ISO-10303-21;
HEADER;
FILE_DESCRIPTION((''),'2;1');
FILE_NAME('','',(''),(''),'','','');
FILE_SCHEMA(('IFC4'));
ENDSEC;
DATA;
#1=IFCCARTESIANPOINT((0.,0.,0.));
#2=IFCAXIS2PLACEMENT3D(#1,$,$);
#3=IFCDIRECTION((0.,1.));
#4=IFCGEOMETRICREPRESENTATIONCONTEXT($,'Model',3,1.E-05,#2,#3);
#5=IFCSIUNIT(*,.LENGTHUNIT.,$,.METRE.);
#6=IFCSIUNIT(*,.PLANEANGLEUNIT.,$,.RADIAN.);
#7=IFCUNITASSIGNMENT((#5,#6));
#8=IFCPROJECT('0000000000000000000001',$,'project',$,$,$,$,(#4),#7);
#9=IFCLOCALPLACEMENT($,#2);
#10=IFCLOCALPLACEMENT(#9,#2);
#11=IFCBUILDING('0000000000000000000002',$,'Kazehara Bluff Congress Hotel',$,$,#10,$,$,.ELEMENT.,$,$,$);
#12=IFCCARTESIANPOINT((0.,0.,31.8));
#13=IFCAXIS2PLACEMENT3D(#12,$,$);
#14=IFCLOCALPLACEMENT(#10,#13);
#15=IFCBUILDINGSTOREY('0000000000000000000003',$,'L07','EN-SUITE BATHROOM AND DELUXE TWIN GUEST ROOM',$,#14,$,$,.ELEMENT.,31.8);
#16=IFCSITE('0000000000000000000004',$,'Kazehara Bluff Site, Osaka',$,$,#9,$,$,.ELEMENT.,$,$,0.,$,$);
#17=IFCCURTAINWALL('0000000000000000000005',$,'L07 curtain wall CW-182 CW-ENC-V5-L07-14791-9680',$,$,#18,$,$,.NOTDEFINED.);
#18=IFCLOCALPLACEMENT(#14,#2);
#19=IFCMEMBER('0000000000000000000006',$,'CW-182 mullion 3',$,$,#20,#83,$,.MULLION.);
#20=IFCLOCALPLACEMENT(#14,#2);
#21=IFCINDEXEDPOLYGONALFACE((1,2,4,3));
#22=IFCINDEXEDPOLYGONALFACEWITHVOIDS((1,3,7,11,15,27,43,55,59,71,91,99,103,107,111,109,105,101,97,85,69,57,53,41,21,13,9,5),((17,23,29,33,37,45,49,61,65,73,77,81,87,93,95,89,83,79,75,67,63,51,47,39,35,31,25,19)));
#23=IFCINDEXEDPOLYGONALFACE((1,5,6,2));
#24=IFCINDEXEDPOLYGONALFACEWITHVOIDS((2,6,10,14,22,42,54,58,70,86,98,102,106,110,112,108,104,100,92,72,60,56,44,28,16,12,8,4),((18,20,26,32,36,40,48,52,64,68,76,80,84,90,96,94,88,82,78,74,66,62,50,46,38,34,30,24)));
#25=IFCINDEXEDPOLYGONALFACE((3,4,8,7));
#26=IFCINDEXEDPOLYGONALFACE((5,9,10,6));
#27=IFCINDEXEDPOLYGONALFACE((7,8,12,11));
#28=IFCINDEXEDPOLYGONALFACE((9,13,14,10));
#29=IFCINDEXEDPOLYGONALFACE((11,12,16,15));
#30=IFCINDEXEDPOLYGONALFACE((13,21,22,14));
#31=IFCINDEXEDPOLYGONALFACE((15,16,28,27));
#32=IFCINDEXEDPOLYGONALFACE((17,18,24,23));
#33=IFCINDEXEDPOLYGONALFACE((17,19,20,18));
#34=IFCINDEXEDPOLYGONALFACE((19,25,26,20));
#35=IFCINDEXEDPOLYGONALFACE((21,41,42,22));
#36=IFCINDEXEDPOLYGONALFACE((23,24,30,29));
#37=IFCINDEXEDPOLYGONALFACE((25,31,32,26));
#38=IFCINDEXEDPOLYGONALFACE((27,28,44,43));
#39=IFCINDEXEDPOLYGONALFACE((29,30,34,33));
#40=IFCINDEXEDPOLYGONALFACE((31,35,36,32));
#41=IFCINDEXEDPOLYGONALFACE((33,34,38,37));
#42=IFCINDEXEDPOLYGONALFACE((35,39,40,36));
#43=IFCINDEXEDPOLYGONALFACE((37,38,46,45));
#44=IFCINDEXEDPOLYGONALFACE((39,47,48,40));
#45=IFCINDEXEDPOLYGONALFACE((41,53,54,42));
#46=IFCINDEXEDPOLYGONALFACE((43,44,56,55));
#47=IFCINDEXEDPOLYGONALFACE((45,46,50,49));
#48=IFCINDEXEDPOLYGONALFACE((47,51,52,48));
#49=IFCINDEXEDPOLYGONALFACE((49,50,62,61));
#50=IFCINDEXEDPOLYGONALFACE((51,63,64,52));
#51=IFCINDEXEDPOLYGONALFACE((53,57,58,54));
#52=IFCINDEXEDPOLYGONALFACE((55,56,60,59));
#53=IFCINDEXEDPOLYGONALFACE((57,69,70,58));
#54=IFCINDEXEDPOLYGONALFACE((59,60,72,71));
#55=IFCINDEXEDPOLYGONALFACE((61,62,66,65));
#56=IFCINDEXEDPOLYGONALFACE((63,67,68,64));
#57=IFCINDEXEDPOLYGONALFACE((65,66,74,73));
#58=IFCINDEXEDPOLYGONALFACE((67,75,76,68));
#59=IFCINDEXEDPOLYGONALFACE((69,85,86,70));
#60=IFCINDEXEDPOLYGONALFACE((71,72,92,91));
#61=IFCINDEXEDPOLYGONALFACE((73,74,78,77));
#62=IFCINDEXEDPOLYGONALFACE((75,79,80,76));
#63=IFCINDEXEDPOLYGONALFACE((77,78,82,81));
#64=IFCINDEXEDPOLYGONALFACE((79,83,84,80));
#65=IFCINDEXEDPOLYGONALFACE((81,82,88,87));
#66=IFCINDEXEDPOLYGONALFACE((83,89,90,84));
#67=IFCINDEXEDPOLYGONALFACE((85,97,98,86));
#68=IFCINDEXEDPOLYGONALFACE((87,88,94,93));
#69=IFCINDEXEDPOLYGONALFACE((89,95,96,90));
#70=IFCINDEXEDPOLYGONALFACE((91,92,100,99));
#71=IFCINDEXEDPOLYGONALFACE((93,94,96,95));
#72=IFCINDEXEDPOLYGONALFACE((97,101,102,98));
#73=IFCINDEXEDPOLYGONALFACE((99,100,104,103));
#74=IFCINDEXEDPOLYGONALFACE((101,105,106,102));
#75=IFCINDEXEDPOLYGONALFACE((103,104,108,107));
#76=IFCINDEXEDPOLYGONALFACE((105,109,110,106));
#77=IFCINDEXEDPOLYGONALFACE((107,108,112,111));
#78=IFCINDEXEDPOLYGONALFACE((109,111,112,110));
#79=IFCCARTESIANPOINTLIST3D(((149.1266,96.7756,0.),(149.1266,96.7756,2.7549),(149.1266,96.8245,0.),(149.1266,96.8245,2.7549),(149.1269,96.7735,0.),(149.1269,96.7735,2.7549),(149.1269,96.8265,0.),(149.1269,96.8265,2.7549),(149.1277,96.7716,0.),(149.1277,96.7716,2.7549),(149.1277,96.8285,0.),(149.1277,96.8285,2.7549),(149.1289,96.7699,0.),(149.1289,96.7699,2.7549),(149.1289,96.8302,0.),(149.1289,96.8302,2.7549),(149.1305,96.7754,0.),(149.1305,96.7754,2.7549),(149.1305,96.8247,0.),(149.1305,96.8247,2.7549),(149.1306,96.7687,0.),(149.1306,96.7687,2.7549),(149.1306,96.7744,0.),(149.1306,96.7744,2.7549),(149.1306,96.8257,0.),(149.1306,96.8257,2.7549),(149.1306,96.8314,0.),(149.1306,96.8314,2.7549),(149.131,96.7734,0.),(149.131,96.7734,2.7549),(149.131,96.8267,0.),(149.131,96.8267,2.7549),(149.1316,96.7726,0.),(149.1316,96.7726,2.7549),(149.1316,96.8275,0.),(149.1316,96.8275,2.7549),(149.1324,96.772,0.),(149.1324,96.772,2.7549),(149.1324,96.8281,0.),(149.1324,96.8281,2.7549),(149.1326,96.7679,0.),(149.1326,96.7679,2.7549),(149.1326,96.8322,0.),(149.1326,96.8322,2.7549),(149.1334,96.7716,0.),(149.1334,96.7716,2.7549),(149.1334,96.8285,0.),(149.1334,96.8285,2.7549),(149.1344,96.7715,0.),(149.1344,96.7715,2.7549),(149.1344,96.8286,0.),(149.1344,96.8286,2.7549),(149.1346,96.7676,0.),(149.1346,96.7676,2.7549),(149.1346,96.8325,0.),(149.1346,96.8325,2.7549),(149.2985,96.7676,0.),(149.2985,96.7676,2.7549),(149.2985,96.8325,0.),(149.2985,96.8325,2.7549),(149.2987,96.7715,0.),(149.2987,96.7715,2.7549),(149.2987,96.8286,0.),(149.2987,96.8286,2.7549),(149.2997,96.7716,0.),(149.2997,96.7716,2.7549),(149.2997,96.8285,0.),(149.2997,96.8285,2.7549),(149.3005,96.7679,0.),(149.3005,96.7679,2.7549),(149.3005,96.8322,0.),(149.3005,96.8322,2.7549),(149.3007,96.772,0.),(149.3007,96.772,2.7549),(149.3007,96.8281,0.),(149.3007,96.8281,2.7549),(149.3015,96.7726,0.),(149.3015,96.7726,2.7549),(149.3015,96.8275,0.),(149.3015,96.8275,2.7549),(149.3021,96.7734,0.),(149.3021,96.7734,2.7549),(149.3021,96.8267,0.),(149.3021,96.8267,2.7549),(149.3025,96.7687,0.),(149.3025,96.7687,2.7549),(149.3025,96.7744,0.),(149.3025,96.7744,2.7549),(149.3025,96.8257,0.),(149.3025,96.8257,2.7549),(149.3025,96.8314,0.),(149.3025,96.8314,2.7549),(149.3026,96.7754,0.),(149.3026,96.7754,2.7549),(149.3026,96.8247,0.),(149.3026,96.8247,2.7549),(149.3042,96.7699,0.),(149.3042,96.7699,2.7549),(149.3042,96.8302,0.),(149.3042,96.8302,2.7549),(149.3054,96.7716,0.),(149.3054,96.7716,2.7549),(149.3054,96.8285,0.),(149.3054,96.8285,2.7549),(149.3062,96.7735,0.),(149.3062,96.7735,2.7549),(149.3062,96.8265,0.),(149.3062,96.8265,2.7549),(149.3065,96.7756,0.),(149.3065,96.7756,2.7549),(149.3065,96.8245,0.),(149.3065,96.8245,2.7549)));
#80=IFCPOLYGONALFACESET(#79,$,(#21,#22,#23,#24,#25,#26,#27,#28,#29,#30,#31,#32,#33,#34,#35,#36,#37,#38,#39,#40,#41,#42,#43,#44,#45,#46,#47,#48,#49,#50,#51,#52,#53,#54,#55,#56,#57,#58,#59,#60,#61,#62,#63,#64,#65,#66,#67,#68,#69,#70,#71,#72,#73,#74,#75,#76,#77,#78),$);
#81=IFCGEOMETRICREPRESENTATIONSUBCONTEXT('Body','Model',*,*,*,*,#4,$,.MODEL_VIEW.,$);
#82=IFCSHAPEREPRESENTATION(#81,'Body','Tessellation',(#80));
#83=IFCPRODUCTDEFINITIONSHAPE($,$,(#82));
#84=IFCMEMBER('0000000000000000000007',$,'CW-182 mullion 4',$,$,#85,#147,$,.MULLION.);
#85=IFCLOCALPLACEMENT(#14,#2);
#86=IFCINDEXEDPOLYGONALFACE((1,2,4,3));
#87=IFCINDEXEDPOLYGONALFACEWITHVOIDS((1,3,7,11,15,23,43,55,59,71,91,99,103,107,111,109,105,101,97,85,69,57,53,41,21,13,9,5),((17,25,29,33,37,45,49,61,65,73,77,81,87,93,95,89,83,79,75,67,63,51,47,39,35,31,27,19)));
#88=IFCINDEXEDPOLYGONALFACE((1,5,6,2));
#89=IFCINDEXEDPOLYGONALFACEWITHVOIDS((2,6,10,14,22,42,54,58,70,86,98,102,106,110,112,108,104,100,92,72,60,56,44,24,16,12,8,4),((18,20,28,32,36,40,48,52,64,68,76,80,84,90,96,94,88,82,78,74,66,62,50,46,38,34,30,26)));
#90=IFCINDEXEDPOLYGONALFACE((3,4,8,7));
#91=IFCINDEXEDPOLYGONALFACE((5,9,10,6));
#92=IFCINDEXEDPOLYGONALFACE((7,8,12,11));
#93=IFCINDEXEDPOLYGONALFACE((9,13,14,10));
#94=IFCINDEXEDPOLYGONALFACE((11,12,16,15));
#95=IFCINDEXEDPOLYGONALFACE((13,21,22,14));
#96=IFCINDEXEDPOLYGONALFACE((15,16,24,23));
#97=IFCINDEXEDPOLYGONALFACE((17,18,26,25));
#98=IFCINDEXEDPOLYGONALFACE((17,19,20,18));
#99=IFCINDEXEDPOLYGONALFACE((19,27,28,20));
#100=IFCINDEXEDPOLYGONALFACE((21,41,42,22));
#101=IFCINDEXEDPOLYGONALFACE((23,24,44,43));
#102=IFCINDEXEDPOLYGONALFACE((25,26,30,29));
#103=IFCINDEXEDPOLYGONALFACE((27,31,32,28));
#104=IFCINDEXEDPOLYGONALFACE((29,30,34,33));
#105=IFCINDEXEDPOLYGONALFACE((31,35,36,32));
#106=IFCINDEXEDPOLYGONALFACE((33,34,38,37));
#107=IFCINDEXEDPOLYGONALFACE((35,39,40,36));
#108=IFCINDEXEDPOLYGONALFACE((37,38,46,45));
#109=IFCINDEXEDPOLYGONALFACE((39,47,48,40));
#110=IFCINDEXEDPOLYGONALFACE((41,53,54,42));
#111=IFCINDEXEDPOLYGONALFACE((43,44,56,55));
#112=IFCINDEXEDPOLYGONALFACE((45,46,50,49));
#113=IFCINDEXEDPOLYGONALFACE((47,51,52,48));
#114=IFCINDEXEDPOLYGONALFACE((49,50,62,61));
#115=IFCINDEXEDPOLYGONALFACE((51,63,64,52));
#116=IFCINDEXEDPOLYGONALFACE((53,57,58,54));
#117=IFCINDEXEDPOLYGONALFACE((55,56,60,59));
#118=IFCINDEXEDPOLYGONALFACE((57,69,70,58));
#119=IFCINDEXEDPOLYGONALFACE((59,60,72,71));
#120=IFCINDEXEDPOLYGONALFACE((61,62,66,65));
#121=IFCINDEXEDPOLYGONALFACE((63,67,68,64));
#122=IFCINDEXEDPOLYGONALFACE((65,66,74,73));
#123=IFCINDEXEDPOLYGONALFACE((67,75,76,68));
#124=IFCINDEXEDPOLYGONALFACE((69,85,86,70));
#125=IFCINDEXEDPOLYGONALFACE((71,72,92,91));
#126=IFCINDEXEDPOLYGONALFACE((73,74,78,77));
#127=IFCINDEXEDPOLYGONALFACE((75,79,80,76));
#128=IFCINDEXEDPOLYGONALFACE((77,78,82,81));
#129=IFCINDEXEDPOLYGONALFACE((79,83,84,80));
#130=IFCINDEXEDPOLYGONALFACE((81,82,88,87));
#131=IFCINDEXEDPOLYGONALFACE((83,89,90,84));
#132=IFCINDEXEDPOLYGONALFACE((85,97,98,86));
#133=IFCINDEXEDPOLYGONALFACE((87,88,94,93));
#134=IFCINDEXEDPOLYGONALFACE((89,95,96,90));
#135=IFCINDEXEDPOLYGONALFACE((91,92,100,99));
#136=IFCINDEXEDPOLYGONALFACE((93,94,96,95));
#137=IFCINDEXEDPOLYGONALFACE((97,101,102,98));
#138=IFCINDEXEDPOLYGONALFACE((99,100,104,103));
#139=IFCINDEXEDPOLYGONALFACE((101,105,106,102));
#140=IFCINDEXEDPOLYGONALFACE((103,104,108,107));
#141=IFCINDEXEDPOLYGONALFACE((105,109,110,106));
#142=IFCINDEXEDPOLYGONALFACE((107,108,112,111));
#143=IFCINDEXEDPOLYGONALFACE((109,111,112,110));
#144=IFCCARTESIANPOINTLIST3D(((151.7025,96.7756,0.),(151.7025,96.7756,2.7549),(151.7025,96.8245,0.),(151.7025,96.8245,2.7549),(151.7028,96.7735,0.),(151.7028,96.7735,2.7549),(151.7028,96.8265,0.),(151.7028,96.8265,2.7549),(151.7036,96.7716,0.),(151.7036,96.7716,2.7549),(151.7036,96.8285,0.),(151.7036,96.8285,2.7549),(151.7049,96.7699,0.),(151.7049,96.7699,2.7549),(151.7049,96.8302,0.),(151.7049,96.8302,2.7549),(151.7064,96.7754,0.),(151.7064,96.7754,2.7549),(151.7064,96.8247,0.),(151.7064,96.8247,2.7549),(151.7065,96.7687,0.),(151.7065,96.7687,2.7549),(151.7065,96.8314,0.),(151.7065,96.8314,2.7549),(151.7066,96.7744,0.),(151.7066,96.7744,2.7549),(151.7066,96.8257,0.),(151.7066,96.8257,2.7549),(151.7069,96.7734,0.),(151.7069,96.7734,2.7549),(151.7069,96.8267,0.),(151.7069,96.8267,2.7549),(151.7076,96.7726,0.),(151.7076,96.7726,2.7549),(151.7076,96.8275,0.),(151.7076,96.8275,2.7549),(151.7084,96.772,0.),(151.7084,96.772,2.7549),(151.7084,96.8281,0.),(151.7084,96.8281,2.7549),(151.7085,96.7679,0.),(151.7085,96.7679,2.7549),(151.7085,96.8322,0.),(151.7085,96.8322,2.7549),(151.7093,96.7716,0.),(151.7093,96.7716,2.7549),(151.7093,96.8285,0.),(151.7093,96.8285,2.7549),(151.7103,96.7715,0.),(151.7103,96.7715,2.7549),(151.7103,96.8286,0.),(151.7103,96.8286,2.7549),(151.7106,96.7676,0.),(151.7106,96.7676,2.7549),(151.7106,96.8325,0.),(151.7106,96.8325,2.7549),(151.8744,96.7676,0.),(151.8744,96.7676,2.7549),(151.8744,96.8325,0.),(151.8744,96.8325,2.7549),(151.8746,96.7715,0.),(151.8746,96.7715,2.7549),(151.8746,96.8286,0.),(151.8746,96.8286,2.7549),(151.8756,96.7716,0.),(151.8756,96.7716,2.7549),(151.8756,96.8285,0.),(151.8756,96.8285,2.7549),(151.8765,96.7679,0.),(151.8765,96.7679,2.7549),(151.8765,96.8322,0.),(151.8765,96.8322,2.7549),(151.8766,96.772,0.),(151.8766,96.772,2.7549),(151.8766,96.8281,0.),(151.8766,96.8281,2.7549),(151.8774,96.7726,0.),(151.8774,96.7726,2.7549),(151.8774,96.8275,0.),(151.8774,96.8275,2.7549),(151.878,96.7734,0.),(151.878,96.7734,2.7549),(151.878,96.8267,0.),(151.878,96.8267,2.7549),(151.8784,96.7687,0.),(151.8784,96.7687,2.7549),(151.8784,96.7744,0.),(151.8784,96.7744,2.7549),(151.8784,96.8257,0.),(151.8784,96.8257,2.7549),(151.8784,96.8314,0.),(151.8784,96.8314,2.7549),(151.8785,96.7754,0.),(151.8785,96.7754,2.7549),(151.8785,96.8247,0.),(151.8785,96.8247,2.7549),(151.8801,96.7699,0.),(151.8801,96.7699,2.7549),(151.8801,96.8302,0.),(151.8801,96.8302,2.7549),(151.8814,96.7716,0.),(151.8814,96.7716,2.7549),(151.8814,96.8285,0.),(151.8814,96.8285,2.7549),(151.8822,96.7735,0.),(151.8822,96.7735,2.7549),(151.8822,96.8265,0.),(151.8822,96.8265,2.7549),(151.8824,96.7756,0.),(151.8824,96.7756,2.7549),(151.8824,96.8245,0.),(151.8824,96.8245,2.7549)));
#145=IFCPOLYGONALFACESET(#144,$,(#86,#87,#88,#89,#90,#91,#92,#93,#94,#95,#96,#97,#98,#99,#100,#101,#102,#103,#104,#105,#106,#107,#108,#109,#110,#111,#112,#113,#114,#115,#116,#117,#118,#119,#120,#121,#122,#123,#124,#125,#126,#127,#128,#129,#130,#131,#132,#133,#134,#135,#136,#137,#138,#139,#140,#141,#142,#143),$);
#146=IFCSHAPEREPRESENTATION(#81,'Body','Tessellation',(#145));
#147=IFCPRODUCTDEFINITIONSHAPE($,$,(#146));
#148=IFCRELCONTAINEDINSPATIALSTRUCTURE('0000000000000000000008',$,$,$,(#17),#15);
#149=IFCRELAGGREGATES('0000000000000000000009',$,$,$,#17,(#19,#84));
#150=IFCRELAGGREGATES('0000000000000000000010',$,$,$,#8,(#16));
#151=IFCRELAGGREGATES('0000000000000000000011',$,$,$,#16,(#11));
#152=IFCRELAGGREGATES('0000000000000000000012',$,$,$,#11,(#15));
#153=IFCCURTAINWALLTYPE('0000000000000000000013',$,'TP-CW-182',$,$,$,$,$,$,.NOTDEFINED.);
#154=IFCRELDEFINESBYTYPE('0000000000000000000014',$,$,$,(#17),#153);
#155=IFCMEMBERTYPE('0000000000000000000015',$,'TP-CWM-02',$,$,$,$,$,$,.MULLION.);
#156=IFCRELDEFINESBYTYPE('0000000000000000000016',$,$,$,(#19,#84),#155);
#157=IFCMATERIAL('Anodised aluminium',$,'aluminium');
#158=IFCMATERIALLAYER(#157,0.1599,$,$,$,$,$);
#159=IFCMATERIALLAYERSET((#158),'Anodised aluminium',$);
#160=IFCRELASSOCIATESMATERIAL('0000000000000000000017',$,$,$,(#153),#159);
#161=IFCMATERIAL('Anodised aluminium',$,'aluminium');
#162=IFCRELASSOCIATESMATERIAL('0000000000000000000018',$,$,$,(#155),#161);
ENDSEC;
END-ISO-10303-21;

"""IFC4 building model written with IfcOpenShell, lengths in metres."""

from ifc_helpers import new_model, si_unit, direction, frame, origin, origin_2d, place, context, subcontext, project, spatial, hollow_rectangle, extrude, material, layer, layer_set, material_profile, profile_set, type_object, element, aggregate, save


model = new_model("IFC4")

# Units and contexts
model_context = context("Model", 3, precision=1e-05, world=origin(), true_north=direction((0.0, 1.0)))
body_context = subcontext(model_context, "Body", "Model", "MODEL_VIEW")
ifc_project = project(units=[si_unit("LENGTHUNIT", "METRE"), si_unit("PLANEANGLEUNIT", "RADIAN")], contexts=[model_context])

# Site, building, storey
site_placement = place(None, origin())
site = spatial("IfcSite", under=ifc_project, at=site_placement, Name="Kazehara Bluff Site, Osaka", CompositionType="ELEMENT", RefElevation=0.0)
building_placement = place(site_placement, origin())
building = spatial("IfcBuilding", under=site, at=building_placement, Name="Kazehara Bluff Congress Hotel", CompositionType="ELEMENT")
storey_placement = place(building_placement, frame((0.0, 0.0, 31.8)))
storey = spatial("IfcBuildingStorey", under=building, at=storey_placement, Name="L07", Description="EN-SUITE BATHROOM AND DELUXE TWIN GUEST ROOM", CompositionType="ELEMENT", Elevation=31.8)

# Curtain wall, members
ifc_material_1 = material(Name="Anodised aluminium", Category="aluminium")
ifc_layer_1 = layer(ifc_material_1, 0.1599)
ifc_layer_set_1 = layer_set([ifc_layer_1], Name="Anodised aluminium")
curtain_wall_type_1 = type_object("IfcCurtainWallType", Name="TP-CW-182", PredefinedType="NOTDEFINED", material=ifc_layer_set_1)
curtain_wall_1_placement = place(storey_placement, origin())
curtain_wall_1 = element("IfcCurtainWall", 1, at=curtain_wall_1_placement, inside=storey, type_object=curtain_wall_type_1, Name="L07 curtain wall CW-182 CW-ENC-V5-L07-14791-9680", PredefinedType="NOTDEFINED")
ifc_material_2 = material(Name="Anodised aluminium", Category="aluminium")
ifc_material_profile_1 = material_profile(ifc_material_2, hollow_rectangle(XDim=0.0649, YDim=0.1799, WallThickness=0.0039, InnerFilletRadius=0.0039, OuterFilletRadius=0.0081, at=origin_2d()))
ifc_profile_set_1 = profile_set([ifc_material_profile_1], Name="Anodised aluminium")
member_type_1 = type_object("IfcMemberType", Name="TP-CWM-02", PredefinedType="MULLION", material=ifc_profile_set_1)
member_1_placement = place(storey_placement, frame((149.2166, 96.8, 0.0), z_axis=(0.0, 0.0, 1.0), x_axis=(0.0, 1.0, 0.0)))
member_1 = element("IfcMember", 2, at=member_1_placement, type_object=member_type_1, Name="CW-182 mullion 3", PredefinedType="MULLION", context=body_context, shape_type="SweptSolid", body=[
    extrude(hollow_rectangle(XDim=0.0649, YDim=0.1799, WallThickness=0.0039, InnerFilletRadius=0.0039, OuterFilletRadius=0.0081, at=origin_2d()), origin(), (0.0, 0.0, 1.0), 2.7549),
])
member_2_placement = place(storey_placement, frame((151.7925, 96.8, 0.0), z_axis=(0.0, 0.0, 1.0), x_axis=(0.0, 1.0, 0.0)))
member_2 = element("IfcMember", 3, at=member_2_placement, type_object=member_type_1, Name="CW-182 mullion 4", PredefinedType="MULLION", context=body_context, shape_type="SweptSolid", body=[
    extrude(hollow_rectangle(XDim=0.0649, YDim=0.1799, WallThickness=0.0039, InnerFilletRadius=0.0039, OuterFilletRadius=0.0081, at=origin_2d()), origin(), (0.0, 0.0, 1.0), 2.7549),
])

aggregate(curtain_wall_1, [member_1, member_2])

save(model, "model.ifc")
